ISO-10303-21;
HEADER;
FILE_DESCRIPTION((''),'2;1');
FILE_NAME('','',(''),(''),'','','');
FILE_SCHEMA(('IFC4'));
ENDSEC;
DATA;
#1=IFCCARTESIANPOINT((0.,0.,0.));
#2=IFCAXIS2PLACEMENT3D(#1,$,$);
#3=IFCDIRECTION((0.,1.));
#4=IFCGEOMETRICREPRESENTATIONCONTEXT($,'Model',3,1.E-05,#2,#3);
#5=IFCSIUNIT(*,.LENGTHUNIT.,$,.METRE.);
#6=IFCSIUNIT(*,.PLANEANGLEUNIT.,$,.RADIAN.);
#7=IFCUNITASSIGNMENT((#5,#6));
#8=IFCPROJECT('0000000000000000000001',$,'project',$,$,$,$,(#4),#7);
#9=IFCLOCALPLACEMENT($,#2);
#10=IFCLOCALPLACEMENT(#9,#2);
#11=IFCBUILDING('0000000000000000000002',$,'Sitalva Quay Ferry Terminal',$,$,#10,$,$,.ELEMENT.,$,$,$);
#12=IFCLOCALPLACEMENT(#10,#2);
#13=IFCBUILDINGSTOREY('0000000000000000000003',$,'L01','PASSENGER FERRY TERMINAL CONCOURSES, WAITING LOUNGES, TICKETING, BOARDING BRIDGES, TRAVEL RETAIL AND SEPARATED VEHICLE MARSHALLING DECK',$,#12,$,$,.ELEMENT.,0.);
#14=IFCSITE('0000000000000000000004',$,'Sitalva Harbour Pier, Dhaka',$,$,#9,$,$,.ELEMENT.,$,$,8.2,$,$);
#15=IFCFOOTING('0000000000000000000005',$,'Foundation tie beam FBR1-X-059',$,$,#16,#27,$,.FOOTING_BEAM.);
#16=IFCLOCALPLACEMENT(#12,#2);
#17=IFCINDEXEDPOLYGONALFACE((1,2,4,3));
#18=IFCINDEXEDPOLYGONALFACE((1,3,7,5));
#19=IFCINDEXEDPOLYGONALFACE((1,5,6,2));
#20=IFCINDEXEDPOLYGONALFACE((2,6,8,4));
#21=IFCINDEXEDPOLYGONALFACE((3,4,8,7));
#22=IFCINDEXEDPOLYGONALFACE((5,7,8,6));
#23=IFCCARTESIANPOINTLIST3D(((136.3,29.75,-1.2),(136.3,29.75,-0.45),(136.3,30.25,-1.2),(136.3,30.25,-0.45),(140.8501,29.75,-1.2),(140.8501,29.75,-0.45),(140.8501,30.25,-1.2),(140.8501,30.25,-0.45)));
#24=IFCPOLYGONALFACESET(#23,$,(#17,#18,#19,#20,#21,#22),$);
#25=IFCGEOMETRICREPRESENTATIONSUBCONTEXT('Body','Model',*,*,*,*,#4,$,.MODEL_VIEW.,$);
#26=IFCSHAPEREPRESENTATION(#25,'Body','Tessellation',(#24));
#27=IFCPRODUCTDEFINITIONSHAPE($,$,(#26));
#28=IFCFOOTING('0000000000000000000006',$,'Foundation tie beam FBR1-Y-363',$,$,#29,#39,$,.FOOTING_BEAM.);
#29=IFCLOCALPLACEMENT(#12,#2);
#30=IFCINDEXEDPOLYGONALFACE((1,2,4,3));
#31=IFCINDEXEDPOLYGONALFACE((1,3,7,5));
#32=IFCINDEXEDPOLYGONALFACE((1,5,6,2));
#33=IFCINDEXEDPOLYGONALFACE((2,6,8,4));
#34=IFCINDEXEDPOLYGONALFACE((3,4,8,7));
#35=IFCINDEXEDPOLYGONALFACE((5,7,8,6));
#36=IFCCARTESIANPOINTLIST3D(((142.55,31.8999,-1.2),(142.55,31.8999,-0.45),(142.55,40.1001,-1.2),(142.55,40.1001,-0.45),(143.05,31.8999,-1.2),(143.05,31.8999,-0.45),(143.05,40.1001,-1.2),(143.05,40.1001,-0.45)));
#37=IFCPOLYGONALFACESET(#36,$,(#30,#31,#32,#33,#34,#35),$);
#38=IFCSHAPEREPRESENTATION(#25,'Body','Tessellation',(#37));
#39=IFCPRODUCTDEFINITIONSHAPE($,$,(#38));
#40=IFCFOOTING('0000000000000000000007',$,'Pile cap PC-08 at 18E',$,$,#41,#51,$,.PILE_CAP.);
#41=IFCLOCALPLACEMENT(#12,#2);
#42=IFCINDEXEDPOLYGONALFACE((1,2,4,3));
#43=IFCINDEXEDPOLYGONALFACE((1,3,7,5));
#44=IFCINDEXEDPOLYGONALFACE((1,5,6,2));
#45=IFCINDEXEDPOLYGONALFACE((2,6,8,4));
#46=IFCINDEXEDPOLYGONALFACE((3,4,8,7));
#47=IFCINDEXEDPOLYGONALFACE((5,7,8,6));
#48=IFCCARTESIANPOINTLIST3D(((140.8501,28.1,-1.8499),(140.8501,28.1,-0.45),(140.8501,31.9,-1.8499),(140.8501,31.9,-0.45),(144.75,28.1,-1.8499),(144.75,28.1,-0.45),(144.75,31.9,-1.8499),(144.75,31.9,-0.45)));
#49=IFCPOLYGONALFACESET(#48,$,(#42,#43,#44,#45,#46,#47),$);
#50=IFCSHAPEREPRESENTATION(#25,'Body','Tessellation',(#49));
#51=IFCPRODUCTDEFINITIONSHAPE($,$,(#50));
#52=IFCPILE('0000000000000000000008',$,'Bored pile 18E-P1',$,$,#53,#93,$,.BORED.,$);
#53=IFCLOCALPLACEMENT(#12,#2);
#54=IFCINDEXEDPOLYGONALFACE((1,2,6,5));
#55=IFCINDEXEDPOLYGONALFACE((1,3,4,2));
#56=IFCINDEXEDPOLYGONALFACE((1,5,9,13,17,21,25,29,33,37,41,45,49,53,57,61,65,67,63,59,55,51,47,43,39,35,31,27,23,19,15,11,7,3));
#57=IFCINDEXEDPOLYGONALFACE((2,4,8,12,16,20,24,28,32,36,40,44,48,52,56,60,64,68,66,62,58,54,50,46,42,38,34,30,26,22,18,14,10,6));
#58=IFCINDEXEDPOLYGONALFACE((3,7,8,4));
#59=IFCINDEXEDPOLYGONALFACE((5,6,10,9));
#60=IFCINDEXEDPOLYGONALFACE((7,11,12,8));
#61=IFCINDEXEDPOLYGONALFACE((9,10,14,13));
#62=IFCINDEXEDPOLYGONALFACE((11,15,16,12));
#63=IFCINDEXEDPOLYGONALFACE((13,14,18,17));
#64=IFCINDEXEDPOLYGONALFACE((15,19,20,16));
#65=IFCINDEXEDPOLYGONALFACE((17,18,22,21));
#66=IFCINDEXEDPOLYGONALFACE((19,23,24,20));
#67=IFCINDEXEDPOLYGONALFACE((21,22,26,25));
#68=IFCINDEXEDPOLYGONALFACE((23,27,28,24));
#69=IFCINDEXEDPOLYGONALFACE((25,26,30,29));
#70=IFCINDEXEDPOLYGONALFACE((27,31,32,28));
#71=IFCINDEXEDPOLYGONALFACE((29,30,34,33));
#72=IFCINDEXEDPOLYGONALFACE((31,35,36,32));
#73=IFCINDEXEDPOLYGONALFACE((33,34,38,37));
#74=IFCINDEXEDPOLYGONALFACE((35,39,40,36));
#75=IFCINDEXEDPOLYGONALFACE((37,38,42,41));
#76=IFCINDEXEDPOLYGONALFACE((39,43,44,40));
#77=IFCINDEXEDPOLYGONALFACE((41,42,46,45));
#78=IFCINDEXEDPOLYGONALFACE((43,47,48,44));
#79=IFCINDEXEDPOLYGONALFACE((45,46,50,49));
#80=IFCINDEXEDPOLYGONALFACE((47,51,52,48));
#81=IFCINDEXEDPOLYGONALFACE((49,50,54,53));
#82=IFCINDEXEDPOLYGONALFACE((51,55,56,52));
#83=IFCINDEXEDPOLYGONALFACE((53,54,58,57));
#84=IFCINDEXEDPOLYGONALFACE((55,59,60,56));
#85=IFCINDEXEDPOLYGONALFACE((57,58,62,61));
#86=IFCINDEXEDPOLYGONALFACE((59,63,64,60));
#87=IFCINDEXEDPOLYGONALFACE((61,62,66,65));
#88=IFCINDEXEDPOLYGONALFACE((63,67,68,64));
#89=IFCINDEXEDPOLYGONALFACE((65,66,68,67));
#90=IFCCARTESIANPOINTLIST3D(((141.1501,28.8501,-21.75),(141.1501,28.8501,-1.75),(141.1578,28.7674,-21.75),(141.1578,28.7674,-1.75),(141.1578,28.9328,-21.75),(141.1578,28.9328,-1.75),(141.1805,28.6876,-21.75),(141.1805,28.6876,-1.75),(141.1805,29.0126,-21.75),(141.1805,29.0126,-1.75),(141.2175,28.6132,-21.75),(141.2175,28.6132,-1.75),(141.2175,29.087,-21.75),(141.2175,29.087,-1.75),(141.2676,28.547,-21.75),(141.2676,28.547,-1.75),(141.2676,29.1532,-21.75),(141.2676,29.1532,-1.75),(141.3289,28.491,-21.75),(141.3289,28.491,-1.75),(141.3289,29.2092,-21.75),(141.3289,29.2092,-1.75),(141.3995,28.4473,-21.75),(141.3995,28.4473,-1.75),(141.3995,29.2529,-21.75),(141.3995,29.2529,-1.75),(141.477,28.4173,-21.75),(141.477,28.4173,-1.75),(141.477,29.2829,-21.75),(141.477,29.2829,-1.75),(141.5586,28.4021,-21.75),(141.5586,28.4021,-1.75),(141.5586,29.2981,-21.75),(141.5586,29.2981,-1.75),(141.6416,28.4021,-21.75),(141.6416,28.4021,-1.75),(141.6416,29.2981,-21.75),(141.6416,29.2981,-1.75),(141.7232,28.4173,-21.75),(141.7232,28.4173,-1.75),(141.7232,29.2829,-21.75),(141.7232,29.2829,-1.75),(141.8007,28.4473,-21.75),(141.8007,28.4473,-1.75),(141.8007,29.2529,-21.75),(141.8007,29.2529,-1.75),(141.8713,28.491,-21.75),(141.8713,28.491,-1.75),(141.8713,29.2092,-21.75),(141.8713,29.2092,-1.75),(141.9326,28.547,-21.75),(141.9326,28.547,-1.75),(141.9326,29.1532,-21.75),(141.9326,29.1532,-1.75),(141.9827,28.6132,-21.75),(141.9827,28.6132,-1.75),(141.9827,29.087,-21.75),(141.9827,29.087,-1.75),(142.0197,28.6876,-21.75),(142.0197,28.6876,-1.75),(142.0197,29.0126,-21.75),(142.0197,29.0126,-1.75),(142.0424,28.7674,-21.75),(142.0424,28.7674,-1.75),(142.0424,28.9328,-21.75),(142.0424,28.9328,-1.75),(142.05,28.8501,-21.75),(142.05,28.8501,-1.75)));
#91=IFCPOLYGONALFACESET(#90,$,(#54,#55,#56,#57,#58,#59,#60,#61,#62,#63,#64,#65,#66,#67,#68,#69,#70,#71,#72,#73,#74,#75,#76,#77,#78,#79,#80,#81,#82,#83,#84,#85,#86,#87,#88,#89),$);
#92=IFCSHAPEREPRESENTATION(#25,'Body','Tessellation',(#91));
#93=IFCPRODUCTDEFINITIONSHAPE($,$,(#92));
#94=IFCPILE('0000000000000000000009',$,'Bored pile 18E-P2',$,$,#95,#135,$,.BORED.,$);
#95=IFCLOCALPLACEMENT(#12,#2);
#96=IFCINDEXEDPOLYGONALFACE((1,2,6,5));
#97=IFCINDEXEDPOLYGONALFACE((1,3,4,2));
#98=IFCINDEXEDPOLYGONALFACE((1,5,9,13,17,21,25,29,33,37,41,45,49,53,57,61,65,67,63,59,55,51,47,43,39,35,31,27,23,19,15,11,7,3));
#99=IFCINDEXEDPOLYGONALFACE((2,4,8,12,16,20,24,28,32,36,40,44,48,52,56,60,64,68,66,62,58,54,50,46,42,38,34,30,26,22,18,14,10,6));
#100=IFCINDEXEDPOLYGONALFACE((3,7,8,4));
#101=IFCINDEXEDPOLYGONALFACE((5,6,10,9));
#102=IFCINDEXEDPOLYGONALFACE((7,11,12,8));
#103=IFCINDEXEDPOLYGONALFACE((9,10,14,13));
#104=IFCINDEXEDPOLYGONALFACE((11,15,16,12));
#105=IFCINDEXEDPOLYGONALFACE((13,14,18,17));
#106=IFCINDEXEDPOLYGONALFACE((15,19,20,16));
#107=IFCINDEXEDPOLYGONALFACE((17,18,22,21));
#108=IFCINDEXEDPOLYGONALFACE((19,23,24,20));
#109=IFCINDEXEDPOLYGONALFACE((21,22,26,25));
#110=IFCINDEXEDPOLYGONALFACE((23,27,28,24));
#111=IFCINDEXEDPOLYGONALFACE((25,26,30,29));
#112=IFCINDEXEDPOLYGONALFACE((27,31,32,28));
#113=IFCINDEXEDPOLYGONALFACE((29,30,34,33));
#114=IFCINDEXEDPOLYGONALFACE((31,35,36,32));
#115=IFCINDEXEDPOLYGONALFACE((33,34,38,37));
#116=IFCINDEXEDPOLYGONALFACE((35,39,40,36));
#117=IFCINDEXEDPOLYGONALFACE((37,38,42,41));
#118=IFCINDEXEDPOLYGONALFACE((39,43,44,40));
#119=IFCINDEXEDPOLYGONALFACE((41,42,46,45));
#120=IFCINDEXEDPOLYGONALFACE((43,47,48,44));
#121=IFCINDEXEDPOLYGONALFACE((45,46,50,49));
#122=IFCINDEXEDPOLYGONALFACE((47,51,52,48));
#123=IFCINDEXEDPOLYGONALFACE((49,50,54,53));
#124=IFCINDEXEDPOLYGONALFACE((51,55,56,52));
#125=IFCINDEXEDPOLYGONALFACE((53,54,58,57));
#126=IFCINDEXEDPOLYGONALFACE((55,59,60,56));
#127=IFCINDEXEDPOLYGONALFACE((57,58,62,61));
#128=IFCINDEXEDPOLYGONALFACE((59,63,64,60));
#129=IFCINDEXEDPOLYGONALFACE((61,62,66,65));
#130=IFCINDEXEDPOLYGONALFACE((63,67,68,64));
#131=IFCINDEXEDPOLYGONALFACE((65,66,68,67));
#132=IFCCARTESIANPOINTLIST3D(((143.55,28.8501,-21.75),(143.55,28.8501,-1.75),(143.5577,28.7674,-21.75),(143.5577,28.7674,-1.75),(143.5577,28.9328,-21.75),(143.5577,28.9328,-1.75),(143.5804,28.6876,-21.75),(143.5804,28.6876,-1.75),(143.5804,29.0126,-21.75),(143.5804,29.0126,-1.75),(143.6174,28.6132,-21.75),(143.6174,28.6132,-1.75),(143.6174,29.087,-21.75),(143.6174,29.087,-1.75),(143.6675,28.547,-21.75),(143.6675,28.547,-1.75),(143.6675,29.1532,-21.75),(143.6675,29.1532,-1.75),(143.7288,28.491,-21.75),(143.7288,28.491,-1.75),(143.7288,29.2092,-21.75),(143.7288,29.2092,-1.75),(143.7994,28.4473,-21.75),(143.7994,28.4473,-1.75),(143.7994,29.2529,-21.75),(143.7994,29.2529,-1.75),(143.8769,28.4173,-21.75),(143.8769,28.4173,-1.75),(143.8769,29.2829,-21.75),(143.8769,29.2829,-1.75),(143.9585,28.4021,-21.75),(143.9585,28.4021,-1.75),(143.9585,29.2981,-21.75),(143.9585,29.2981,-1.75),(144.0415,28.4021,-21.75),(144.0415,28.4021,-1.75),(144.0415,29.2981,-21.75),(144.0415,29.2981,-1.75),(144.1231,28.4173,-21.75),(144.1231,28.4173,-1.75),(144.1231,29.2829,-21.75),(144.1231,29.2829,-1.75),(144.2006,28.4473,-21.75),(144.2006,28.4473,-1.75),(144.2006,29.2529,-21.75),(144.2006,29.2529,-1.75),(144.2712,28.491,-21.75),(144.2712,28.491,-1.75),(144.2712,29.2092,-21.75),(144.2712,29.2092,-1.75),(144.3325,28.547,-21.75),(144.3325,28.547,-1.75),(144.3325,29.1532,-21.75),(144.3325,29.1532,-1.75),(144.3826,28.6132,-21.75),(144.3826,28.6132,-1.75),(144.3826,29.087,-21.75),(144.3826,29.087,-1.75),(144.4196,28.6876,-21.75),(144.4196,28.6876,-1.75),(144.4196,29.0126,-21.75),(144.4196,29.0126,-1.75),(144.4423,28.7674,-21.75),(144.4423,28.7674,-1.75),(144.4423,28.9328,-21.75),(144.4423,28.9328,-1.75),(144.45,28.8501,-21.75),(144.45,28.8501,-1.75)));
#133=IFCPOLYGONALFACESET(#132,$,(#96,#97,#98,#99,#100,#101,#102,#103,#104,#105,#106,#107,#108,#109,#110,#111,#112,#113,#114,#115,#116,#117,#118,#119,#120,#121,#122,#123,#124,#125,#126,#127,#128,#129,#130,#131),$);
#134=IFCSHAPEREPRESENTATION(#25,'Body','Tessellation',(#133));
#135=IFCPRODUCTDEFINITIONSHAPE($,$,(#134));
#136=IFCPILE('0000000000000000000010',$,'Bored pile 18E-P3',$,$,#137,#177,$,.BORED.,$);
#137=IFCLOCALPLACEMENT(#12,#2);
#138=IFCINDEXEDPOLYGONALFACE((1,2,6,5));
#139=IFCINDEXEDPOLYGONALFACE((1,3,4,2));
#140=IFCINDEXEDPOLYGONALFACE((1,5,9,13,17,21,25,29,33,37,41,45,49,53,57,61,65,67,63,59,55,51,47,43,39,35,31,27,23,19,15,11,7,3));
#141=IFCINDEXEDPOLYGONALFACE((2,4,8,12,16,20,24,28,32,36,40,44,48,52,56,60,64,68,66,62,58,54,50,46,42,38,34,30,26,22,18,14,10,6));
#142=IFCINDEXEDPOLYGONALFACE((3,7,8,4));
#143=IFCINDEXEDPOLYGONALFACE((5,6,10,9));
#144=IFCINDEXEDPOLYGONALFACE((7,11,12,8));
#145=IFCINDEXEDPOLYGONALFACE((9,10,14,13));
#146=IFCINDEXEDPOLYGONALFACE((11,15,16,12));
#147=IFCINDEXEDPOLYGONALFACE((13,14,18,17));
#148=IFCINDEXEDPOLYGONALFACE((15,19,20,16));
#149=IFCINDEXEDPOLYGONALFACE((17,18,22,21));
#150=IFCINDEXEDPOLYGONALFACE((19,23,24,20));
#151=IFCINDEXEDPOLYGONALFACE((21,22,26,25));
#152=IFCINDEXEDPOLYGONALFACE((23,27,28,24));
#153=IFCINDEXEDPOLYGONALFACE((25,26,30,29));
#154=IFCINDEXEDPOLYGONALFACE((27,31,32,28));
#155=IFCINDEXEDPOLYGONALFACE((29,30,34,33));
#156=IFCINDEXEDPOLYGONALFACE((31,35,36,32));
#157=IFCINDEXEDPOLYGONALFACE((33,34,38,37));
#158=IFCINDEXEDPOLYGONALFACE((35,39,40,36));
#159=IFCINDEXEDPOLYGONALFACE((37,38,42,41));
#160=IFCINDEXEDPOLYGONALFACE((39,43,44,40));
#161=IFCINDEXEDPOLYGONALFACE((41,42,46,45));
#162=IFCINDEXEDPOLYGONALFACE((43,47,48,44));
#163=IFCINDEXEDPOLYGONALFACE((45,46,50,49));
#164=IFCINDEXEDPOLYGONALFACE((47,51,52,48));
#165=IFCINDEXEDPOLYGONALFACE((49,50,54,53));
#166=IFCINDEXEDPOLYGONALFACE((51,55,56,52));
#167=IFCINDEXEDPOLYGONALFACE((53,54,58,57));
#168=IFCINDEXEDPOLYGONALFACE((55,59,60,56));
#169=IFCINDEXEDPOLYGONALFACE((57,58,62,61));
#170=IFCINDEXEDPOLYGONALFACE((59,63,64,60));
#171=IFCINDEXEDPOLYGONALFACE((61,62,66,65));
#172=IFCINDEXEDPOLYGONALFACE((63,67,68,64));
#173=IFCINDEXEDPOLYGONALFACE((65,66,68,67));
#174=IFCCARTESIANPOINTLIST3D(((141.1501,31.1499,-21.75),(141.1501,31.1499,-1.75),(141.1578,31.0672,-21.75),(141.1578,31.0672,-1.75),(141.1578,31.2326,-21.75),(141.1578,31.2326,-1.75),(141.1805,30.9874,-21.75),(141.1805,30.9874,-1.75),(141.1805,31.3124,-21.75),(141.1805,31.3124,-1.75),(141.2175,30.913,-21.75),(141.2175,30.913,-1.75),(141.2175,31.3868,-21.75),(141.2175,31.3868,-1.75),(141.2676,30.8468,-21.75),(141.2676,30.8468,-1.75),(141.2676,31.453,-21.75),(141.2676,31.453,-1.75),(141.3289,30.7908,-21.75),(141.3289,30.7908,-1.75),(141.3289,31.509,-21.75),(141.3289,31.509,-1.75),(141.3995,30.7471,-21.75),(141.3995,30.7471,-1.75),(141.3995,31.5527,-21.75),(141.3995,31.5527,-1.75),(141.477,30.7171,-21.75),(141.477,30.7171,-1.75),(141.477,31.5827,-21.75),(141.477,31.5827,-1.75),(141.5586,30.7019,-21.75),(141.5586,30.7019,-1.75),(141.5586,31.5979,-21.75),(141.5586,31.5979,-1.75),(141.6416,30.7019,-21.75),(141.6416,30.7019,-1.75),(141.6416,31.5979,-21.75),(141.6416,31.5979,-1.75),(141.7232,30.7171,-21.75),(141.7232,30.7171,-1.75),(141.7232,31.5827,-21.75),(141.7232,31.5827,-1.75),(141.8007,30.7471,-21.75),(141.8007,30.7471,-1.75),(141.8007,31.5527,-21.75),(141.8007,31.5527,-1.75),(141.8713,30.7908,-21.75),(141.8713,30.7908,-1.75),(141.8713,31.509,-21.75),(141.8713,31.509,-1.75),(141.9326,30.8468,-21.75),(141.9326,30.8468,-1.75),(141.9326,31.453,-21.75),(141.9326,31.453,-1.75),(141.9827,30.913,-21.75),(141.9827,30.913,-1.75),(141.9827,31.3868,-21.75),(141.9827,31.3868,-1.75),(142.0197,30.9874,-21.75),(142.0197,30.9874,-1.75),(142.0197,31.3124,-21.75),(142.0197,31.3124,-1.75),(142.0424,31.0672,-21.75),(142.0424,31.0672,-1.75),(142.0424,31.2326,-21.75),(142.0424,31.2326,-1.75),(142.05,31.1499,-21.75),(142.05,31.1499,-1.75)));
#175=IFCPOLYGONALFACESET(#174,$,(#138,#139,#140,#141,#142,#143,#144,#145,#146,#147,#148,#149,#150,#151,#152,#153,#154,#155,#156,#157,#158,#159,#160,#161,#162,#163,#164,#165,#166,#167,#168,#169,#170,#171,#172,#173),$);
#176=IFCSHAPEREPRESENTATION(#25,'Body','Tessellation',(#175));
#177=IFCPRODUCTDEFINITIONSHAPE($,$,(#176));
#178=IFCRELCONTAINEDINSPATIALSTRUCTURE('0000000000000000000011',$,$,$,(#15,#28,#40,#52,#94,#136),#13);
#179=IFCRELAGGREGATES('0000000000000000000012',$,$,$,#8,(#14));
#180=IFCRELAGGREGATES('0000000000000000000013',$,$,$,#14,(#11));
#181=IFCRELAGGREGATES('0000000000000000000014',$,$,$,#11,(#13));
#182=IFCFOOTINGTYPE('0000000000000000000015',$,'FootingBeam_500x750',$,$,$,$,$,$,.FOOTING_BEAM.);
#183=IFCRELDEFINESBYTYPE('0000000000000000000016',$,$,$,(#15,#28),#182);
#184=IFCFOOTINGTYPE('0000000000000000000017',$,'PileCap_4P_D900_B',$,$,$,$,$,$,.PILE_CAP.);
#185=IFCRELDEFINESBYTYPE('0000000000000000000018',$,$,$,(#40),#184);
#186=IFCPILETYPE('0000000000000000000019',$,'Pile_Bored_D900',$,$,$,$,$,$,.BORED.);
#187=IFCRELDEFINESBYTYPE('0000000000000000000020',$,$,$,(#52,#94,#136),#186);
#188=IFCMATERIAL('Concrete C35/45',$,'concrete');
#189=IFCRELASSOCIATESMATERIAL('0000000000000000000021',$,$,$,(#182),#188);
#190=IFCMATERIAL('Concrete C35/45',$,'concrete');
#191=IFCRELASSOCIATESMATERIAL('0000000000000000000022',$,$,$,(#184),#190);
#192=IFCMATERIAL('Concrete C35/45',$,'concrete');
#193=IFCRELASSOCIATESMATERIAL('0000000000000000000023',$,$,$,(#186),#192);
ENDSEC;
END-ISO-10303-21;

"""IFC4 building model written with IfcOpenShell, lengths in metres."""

from ifc_helpers import new_model, si_unit, direction, frame, origin, origin_2d, place, context, subcontext, project, spatial, rectangle, circle, extrude, material, material_profile, profile_set, type_object, element, save


model = new_model("IFC4")

# Units and contexts
model_context = context("Model", 3, precision=1e-05, world=origin(), true_north=direction((0.0, 1.0)))
body_context = subcontext(model_context, "Body", "Model", "MODEL_VIEW")
ifc_project = project(units=[si_unit("LENGTHUNIT", "METRE"), si_unit("PLANEANGLEUNIT", "RADIAN")], contexts=[model_context])

# Site, building, storey
site_placement = place(None, origin())
site = spatial("IfcSite", under=ifc_project, at=site_placement, Name="Sitalva Harbour Pier, Dhaka", CompositionType="ELEMENT", RefElevation=8.2)
building_placement = place(site_placement, origin())
building = spatial("IfcBuilding", under=site, at=building_placement, Name="Sitalva Quay Ferry Terminal", CompositionType="ELEMENT")
storey_placement = place(building_placement, origin())
storey = spatial("IfcBuildingStorey", under=building, at=storey_placement, Name="L01", Description="PASSENGER FERRY TERMINAL CONCOURSES, WAITING LOUNGES, TICKETING, BOARDING BRIDGES, TRAVEL RETAIL AND SEPARATED VEHICLE MARSHALLING DECK", CompositionType="ELEMENT", Elevation=0.0)

# Footings
ifc_material_1 = material(Name="Concrete C35/45", Category="concrete")
ifc_material_profile_1 = material_profile(ifc_material_1, rectangle(XDim=0.5, YDim=0.75, at=origin_2d()), Name="RC500x750")
ifc_profile_set_1 = profile_set([ifc_material_profile_1], Name="Concrete C35/45")
footing_type_1 = type_object("IfcFootingType", Name="FootingBeam_500x750", PredefinedType="FOOTING_BEAM", material=ifc_profile_set_1)
footing_1_placement = place(storey_placement, frame((136.3, 30.0, -0.825), z_axis=(1.0, 0.0, 0.0), x_axis=(0.0, 1.0, 0.0)))
element("IfcFooting", 1, at=footing_1_placement, inside=storey, type_object=footing_type_1, Name="Foundation tie beam FBR1-X-059", PredefinedType="FOOTING_BEAM", context=body_context, shape_type="SweptSolid", body=[
    extrude(rectangle(XDim=0.5, YDim=0.75, at=origin_2d()), origin(), (0.0, 0.0, 1.0), 4.55),
])
footing_2_placement = place(storey_placement, frame((142.8, 31.8999, -0.825), z_axis=(0.0, 1.0, 0.0), x_axis=(-1.0, 0.0, 0.0)))
element("IfcFooting", 2, at=footing_2_placement, inside=storey, type_object=footing_type_1, Name="Foundation tie beam FBR1-Y-363", PredefinedType="FOOTING_BEAM", context=body_context, shape_type="SweptSolid", body=[
    extrude(rectangle(XDim=0.5, YDim=0.75, at=origin_2d()), origin(), (0.0, 0.0, 1.0), 8.2002),
])
ifc_material_2 = material(Name="Concrete C35/45", Category="concrete")
footing_type_2 = type_object("IfcFootingType", Name="PileCap_4P_D900_B", PredefinedType="PILE_CAP", material=ifc_material_2)
footing_3_placement = place(storey_placement, frame((142.8, 30.0, -1.8499), z_axis=(0.0, 0.0, 1.0), x_axis=(1.0, 0.0, 0.0)))
element("IfcFooting", 3, at=footing_3_placement, inside=storey, type_object=footing_type_2, Name="Pile cap PC-08 at 18E", PredefinedType="PILE_CAP", context=body_context, shape_type="SweptSolid", body=[
    extrude(rectangle(XDim=3.8999, YDim=3.8, at=origin_2d()), origin(), (0.0, 0.0, 1.0), 1.3999),
])

# Piles
ifc_material_3 = material(Name="Concrete C35/45", Category="concrete")
ifc_material_profile_2 = material_profile(ifc_material_3, circle(Radius=0.45, at=origin_2d()), Name="PILE-D900")
ifc_profile_set_2 = profile_set([ifc_material_profile_2], Name="Concrete C35/45")
pile_type = type_object("IfcPileType", Name="Pile_Bored_D900", PredefinedType="BORED", material=ifc_profile_set_2)
for number, where, z_axis, x_axis, name in (
    (4, (141.6001, 28.8501, -1.75), (0.0, 0.0, -1.0), (1.0, 0.0, 0.0), "Bored pile 18E-P1"),
    (5, (144.0, 28.8501, -1.75), (0.0, 0.0, -1.0), (1.0, 0.0, 0.0), "Bored pile 18E-P2"),
    (6, (141.6001, 31.1499, -1.75), (0.0, 0.0, -1.0), (1.0, 0.0, 0.0), "Bored pile 18E-P3"),
):
    element("IfcPile", number, at=place(storey_placement, frame(where, z_axis=z_axis, x_axis=x_axis)), inside=storey, type_object=pile_type, Name=name, PredefinedType="BORED", context=body_context, shape_type="SweptSolid", body=[
        extrude(circle(Radius=0.45, at=origin_2d()), origin(), (0.0, 0.0, 1.0), 20.0),
    ])

save(model, "model.ifc")
